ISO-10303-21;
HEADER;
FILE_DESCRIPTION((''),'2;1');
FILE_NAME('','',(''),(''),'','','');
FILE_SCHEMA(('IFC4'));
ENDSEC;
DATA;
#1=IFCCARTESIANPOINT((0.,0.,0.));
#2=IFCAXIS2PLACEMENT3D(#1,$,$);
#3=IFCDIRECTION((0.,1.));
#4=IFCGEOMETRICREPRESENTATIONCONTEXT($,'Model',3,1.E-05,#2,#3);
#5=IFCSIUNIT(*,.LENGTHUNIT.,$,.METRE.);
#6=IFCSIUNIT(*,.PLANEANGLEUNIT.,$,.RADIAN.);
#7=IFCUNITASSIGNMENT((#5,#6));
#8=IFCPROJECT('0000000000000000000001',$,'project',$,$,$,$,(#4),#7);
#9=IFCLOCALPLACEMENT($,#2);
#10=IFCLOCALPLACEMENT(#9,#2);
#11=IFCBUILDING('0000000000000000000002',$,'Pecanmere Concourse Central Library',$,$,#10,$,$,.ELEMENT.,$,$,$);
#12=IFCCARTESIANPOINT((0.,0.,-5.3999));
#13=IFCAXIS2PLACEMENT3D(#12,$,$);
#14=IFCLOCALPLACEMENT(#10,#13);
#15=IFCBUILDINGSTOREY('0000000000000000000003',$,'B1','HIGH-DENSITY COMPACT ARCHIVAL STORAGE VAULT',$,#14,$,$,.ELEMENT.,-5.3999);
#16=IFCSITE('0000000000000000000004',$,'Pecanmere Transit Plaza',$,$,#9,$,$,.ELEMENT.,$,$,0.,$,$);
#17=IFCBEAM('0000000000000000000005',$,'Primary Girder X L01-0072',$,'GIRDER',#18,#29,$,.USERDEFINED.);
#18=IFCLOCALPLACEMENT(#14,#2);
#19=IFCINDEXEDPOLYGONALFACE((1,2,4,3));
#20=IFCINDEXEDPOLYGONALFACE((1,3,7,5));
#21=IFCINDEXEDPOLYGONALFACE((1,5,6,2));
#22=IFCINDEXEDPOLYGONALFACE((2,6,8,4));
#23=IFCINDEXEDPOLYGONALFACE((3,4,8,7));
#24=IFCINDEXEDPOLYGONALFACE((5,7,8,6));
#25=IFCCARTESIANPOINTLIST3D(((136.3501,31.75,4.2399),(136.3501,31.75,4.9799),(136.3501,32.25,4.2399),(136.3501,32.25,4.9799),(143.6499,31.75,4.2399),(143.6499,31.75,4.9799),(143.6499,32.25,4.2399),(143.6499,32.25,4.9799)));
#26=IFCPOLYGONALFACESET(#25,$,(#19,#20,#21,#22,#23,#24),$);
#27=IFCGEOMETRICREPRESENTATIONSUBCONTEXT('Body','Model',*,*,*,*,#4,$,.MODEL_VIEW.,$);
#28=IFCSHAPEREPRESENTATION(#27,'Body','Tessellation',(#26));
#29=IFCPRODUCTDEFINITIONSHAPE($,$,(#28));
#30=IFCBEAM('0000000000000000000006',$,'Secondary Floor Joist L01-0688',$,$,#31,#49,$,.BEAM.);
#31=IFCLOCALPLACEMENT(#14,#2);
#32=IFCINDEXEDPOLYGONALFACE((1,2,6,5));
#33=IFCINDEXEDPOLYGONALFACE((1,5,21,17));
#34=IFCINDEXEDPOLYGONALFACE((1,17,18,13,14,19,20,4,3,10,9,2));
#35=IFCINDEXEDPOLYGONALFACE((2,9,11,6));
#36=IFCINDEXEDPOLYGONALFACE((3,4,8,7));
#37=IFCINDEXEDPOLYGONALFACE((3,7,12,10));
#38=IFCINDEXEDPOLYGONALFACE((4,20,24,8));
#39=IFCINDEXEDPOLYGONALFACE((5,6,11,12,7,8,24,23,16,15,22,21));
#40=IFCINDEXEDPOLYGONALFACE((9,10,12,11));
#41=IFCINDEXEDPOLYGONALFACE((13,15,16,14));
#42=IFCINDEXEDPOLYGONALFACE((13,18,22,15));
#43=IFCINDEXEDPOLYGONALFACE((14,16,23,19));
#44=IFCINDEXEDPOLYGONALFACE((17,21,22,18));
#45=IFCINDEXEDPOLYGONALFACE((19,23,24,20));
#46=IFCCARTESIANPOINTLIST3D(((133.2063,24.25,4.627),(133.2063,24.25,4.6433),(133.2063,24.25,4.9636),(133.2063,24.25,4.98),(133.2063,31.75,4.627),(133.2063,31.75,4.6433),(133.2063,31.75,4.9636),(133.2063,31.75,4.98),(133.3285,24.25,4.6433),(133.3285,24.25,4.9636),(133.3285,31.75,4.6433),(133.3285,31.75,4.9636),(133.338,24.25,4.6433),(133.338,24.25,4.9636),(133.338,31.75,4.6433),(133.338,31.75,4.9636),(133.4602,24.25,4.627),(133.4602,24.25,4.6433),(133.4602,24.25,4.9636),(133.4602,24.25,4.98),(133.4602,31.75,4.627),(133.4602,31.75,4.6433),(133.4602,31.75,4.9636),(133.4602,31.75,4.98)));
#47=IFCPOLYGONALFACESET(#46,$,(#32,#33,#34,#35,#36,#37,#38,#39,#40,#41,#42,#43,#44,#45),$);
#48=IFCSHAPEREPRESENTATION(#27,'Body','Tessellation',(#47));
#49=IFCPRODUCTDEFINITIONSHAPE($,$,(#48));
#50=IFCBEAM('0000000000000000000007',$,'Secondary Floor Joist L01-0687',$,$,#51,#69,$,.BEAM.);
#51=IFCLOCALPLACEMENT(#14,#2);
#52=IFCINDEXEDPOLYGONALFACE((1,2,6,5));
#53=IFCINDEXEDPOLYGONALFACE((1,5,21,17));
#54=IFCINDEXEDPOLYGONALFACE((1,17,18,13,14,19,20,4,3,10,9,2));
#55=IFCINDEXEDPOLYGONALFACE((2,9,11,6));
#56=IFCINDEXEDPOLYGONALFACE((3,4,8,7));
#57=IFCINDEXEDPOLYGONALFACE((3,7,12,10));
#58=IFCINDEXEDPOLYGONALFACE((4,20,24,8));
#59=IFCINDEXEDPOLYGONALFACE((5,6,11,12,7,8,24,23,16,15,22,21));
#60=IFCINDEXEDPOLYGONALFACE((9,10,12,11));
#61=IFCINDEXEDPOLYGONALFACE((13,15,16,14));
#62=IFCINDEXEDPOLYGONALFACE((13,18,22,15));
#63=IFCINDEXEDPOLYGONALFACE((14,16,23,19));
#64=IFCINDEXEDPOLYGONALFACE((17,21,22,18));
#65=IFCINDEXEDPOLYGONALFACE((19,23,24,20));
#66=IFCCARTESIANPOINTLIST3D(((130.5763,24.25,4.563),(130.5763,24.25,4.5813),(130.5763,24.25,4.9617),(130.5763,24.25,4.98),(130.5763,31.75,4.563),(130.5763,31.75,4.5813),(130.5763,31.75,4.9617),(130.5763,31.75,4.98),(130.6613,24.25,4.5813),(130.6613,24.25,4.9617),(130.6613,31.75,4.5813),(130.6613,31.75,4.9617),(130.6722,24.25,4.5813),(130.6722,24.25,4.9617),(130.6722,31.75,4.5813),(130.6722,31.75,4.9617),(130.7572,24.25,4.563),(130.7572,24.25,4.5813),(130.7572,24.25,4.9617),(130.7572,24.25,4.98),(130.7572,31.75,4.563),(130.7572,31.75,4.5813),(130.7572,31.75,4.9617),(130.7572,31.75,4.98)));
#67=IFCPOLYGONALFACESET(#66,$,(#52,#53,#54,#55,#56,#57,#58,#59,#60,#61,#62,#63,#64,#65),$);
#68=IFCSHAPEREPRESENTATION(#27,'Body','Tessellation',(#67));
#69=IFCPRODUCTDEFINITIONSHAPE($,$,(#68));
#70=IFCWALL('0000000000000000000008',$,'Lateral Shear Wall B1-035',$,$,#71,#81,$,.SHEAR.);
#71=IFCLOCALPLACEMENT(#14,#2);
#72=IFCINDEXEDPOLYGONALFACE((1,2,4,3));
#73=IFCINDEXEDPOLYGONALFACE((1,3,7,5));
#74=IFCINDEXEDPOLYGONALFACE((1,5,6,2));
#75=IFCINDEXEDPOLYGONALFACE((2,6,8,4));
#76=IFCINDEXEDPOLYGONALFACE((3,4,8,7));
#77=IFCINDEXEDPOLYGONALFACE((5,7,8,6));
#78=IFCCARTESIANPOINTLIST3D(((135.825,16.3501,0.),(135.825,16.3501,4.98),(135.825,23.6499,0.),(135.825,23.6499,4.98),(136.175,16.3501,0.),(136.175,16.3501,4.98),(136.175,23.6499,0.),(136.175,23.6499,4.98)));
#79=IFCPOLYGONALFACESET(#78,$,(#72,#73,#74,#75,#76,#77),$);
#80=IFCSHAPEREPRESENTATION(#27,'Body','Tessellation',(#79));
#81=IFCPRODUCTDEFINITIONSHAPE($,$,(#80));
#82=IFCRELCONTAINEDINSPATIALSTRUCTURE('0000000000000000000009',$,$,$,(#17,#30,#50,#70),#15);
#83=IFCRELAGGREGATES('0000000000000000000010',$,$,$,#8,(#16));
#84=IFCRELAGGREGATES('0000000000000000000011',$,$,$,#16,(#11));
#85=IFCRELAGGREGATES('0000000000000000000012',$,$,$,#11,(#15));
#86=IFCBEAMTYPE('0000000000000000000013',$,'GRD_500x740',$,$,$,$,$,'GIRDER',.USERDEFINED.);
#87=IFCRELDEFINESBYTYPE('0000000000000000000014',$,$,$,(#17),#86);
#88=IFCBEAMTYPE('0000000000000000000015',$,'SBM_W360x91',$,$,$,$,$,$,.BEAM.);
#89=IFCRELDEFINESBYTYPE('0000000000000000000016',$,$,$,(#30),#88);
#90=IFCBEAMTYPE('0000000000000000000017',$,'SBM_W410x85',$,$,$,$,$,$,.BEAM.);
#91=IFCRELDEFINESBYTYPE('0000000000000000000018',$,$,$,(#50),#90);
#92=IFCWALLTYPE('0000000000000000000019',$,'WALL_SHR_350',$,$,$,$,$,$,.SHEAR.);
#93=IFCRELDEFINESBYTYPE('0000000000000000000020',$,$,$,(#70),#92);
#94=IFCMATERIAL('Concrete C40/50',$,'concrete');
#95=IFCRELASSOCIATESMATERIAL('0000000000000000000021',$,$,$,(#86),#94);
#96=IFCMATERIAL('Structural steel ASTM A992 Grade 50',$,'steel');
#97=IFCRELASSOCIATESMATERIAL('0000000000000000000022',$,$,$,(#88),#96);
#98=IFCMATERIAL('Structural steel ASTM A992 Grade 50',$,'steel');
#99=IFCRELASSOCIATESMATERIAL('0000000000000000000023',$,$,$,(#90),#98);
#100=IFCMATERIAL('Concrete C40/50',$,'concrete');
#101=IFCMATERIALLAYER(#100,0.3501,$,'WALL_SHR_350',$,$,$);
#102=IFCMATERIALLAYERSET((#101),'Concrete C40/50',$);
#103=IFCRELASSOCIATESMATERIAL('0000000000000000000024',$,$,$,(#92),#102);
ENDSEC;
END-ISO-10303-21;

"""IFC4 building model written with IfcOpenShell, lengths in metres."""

from ifc_helpers import new_model, si_unit, direction, frame, frame_2d, origin, origin_2d, place, context, subcontext, project, spatial, rectangle, i_section, extrude, material, layer, layer_set, material_profile, profile_set, type_object, element, save


model = new_model("IFC4")

# Units and contexts
model_context = context("Model", 3, precision=1e-05, world=origin(), true_north=direction((0.0, 1.0)))
body_context = subcontext(model_context, "Body", "Model", "MODEL_VIEW")
ifc_project = project(units=[si_unit("LENGTHUNIT", "METRE"), si_unit("PLANEANGLEUNIT", "RADIAN")], contexts=[model_context])

# Site, building, storey
site_placement = place(None, origin())
site = spatial("IfcSite", under=ifc_project, at=site_placement, Name="Pecanmere Transit Plaza", CompositionType="ELEMENT", RefElevation=0.0)
building_placement = place(site_placement, origin())
building = spatial("IfcBuilding", under=site, at=building_placement, Name="Pecanmere Concourse Central Library", CompositionType="ELEMENT")
storey_placement = place(building_placement, frame((0.0, 0.0, -5.3999)))
storey = spatial("IfcBuildingStorey", under=building, at=storey_placement, Name="B1", Description="HIGH-DENSITY COMPACT ARCHIVAL STORAGE VAULT", CompositionType="ELEMENT", Elevation=-5.3999)

# Beams
ifc_material_1 = material(Name="Concrete C40/50", Category="concrete")
ifc_material_profile_1 = material_profile(ifc_material_1, rectangle(XDim=0.5, YDim=0.74, at=origin_2d()), Name="RC 500x740")
ifc_profile_set_1 = profile_set([ifc_material_profile_1], Name="Concrete C40/50")
beam_type_1 = type_object("IfcBeamType", Name="GRD_500x740", ElementType="GIRDER", PredefinedType="USERDEFINED", material=ifc_profile_set_1)
for number, where, z_axis, x_axis, name in (
    (1, (136.3501, 32.0, 4.6099), (1.0, 0.0, 0.0), (0.0, 1.0, 0.0), "Primary Girder X L01-0072"),
):
    element("IfcBeam", number, at=place(storey_placement, frame(where, z_axis=z_axis, x_axis=x_axis)), inside=storey, type_object=beam_type_1, Name=name, ObjectType="GIRDER", PredefinedType="USERDEFINED", context=body_context, shape_type="SweptSolid", body=[
        extrude(rectangle(XDim=0.5, YDim=0.74, at=origin_2d()), origin(), (0.0, 0.0, 1.0), 7.2998),
    ])
ifc_material_2 = material(Name="Structural steel ASTM A992 Grade 50", Category="steel")
ifc_material_profile_2 = material_profile(ifc_material_2, i_section(OverallWidth=0.2539, OverallDepth=0.353, WebThickness=0.0095, FlangeThickness=0.0164, at=origin_2d()), Name="W360x91")
ifc_profile_set_2 = profile_set([ifc_material_profile_2], Name="Structural steel ASTM A992 Grade 50")
beam_type_2 = type_object("IfcBeamType", Name="SBM_W360x91", PredefinedType="BEAM", material=ifc_profile_set_2)
beam_1_placement = place(storey_placement, frame((133.3333, 24.25, 4.8035), z_axis=(0.0, 1.0, 0.0), x_axis=(-1.0, 0.0, 0.0)))
element("IfcBeam", 2, at=beam_1_placement, inside=storey, type_object=beam_type_2, Name="Secondary Floor Joist L01-0688", PredefinedType="BEAM", context=body_context, shape_type="SweptSolid", body=[
    extrude(i_section(OverallWidth=0.2539, OverallDepth=0.353, WebThickness=0.0095, FlangeThickness=0.0164, at=origin_2d()), origin(), (0.0, 0.0, 1.0), 7.5),
])
ifc_material_3 = material(Name="Structural steel ASTM A992 Grade 50", Category="steel")
ifc_material_profile_3 = material_profile(ifc_material_3, i_section(OverallWidth=0.1809, OverallDepth=0.417, WebThickness=0.011, FlangeThickness=0.0183, at=origin_2d()), Name="W410x85")
ifc_profile_set_3 = profile_set([ifc_material_profile_3], Name="Structural steel ASTM A992 Grade 50")
beam_type_3 = type_object("IfcBeamType", Name="SBM_W410x85", PredefinedType="BEAM", material=ifc_profile_set_3)
beam_2_placement = place(storey_placement, frame((130.6667, 24.25, 4.7715), z_axis=(0.0, 1.0, 0.0), x_axis=(-1.0, 0.0, 0.0)))
element("IfcBeam", 3, at=beam_2_placement, inside=storey, type_object=beam_type_3, Name="Secondary Floor Joist L01-0687", PredefinedType="BEAM", context=body_context, shape_type="SweptSolid", body=[
    extrude(i_section(OverallWidth=0.1809, OverallDepth=0.417, WebThickness=0.011, FlangeThickness=0.0183, at=origin_2d()), origin(), (0.0, 0.0, 1.0), 7.5),
])

# Wall
ifc_material_4 = material(Name="Concrete C40/50", Category="concrete")
ifc_layer = layer(ifc_material_4, 0.3501, Name="WALL_SHR_350")
ifc_layer_set = layer_set([ifc_layer], Name="Concrete C40/50")
wall_type = type_object("IfcWallType", Name="WALL_SHR_350", PredefinedType="SHEAR", material=ifc_layer_set)
wall_placement = place(storey_placement, frame((136.0, 16.3501, 0.0), z_axis=(0.0, 0.0, 1.0), x_axis=(0.0, 1.0, 0.0)))
element("IfcWall", 4, at=wall_placement, inside=storey, type_object=wall_type, Name="Lateral Shear Wall B1-035", PredefinedType="SHEAR", context=body_context, shape_type="SweptSolid", body=[
    extrude(rectangle(XDim=7.2998, YDim=0.3501, at=frame_2d((3.6499, 0.0))), origin(), (0.0, 0.0, 1.0), 4.98),
])

save(model, "model.ifc")
